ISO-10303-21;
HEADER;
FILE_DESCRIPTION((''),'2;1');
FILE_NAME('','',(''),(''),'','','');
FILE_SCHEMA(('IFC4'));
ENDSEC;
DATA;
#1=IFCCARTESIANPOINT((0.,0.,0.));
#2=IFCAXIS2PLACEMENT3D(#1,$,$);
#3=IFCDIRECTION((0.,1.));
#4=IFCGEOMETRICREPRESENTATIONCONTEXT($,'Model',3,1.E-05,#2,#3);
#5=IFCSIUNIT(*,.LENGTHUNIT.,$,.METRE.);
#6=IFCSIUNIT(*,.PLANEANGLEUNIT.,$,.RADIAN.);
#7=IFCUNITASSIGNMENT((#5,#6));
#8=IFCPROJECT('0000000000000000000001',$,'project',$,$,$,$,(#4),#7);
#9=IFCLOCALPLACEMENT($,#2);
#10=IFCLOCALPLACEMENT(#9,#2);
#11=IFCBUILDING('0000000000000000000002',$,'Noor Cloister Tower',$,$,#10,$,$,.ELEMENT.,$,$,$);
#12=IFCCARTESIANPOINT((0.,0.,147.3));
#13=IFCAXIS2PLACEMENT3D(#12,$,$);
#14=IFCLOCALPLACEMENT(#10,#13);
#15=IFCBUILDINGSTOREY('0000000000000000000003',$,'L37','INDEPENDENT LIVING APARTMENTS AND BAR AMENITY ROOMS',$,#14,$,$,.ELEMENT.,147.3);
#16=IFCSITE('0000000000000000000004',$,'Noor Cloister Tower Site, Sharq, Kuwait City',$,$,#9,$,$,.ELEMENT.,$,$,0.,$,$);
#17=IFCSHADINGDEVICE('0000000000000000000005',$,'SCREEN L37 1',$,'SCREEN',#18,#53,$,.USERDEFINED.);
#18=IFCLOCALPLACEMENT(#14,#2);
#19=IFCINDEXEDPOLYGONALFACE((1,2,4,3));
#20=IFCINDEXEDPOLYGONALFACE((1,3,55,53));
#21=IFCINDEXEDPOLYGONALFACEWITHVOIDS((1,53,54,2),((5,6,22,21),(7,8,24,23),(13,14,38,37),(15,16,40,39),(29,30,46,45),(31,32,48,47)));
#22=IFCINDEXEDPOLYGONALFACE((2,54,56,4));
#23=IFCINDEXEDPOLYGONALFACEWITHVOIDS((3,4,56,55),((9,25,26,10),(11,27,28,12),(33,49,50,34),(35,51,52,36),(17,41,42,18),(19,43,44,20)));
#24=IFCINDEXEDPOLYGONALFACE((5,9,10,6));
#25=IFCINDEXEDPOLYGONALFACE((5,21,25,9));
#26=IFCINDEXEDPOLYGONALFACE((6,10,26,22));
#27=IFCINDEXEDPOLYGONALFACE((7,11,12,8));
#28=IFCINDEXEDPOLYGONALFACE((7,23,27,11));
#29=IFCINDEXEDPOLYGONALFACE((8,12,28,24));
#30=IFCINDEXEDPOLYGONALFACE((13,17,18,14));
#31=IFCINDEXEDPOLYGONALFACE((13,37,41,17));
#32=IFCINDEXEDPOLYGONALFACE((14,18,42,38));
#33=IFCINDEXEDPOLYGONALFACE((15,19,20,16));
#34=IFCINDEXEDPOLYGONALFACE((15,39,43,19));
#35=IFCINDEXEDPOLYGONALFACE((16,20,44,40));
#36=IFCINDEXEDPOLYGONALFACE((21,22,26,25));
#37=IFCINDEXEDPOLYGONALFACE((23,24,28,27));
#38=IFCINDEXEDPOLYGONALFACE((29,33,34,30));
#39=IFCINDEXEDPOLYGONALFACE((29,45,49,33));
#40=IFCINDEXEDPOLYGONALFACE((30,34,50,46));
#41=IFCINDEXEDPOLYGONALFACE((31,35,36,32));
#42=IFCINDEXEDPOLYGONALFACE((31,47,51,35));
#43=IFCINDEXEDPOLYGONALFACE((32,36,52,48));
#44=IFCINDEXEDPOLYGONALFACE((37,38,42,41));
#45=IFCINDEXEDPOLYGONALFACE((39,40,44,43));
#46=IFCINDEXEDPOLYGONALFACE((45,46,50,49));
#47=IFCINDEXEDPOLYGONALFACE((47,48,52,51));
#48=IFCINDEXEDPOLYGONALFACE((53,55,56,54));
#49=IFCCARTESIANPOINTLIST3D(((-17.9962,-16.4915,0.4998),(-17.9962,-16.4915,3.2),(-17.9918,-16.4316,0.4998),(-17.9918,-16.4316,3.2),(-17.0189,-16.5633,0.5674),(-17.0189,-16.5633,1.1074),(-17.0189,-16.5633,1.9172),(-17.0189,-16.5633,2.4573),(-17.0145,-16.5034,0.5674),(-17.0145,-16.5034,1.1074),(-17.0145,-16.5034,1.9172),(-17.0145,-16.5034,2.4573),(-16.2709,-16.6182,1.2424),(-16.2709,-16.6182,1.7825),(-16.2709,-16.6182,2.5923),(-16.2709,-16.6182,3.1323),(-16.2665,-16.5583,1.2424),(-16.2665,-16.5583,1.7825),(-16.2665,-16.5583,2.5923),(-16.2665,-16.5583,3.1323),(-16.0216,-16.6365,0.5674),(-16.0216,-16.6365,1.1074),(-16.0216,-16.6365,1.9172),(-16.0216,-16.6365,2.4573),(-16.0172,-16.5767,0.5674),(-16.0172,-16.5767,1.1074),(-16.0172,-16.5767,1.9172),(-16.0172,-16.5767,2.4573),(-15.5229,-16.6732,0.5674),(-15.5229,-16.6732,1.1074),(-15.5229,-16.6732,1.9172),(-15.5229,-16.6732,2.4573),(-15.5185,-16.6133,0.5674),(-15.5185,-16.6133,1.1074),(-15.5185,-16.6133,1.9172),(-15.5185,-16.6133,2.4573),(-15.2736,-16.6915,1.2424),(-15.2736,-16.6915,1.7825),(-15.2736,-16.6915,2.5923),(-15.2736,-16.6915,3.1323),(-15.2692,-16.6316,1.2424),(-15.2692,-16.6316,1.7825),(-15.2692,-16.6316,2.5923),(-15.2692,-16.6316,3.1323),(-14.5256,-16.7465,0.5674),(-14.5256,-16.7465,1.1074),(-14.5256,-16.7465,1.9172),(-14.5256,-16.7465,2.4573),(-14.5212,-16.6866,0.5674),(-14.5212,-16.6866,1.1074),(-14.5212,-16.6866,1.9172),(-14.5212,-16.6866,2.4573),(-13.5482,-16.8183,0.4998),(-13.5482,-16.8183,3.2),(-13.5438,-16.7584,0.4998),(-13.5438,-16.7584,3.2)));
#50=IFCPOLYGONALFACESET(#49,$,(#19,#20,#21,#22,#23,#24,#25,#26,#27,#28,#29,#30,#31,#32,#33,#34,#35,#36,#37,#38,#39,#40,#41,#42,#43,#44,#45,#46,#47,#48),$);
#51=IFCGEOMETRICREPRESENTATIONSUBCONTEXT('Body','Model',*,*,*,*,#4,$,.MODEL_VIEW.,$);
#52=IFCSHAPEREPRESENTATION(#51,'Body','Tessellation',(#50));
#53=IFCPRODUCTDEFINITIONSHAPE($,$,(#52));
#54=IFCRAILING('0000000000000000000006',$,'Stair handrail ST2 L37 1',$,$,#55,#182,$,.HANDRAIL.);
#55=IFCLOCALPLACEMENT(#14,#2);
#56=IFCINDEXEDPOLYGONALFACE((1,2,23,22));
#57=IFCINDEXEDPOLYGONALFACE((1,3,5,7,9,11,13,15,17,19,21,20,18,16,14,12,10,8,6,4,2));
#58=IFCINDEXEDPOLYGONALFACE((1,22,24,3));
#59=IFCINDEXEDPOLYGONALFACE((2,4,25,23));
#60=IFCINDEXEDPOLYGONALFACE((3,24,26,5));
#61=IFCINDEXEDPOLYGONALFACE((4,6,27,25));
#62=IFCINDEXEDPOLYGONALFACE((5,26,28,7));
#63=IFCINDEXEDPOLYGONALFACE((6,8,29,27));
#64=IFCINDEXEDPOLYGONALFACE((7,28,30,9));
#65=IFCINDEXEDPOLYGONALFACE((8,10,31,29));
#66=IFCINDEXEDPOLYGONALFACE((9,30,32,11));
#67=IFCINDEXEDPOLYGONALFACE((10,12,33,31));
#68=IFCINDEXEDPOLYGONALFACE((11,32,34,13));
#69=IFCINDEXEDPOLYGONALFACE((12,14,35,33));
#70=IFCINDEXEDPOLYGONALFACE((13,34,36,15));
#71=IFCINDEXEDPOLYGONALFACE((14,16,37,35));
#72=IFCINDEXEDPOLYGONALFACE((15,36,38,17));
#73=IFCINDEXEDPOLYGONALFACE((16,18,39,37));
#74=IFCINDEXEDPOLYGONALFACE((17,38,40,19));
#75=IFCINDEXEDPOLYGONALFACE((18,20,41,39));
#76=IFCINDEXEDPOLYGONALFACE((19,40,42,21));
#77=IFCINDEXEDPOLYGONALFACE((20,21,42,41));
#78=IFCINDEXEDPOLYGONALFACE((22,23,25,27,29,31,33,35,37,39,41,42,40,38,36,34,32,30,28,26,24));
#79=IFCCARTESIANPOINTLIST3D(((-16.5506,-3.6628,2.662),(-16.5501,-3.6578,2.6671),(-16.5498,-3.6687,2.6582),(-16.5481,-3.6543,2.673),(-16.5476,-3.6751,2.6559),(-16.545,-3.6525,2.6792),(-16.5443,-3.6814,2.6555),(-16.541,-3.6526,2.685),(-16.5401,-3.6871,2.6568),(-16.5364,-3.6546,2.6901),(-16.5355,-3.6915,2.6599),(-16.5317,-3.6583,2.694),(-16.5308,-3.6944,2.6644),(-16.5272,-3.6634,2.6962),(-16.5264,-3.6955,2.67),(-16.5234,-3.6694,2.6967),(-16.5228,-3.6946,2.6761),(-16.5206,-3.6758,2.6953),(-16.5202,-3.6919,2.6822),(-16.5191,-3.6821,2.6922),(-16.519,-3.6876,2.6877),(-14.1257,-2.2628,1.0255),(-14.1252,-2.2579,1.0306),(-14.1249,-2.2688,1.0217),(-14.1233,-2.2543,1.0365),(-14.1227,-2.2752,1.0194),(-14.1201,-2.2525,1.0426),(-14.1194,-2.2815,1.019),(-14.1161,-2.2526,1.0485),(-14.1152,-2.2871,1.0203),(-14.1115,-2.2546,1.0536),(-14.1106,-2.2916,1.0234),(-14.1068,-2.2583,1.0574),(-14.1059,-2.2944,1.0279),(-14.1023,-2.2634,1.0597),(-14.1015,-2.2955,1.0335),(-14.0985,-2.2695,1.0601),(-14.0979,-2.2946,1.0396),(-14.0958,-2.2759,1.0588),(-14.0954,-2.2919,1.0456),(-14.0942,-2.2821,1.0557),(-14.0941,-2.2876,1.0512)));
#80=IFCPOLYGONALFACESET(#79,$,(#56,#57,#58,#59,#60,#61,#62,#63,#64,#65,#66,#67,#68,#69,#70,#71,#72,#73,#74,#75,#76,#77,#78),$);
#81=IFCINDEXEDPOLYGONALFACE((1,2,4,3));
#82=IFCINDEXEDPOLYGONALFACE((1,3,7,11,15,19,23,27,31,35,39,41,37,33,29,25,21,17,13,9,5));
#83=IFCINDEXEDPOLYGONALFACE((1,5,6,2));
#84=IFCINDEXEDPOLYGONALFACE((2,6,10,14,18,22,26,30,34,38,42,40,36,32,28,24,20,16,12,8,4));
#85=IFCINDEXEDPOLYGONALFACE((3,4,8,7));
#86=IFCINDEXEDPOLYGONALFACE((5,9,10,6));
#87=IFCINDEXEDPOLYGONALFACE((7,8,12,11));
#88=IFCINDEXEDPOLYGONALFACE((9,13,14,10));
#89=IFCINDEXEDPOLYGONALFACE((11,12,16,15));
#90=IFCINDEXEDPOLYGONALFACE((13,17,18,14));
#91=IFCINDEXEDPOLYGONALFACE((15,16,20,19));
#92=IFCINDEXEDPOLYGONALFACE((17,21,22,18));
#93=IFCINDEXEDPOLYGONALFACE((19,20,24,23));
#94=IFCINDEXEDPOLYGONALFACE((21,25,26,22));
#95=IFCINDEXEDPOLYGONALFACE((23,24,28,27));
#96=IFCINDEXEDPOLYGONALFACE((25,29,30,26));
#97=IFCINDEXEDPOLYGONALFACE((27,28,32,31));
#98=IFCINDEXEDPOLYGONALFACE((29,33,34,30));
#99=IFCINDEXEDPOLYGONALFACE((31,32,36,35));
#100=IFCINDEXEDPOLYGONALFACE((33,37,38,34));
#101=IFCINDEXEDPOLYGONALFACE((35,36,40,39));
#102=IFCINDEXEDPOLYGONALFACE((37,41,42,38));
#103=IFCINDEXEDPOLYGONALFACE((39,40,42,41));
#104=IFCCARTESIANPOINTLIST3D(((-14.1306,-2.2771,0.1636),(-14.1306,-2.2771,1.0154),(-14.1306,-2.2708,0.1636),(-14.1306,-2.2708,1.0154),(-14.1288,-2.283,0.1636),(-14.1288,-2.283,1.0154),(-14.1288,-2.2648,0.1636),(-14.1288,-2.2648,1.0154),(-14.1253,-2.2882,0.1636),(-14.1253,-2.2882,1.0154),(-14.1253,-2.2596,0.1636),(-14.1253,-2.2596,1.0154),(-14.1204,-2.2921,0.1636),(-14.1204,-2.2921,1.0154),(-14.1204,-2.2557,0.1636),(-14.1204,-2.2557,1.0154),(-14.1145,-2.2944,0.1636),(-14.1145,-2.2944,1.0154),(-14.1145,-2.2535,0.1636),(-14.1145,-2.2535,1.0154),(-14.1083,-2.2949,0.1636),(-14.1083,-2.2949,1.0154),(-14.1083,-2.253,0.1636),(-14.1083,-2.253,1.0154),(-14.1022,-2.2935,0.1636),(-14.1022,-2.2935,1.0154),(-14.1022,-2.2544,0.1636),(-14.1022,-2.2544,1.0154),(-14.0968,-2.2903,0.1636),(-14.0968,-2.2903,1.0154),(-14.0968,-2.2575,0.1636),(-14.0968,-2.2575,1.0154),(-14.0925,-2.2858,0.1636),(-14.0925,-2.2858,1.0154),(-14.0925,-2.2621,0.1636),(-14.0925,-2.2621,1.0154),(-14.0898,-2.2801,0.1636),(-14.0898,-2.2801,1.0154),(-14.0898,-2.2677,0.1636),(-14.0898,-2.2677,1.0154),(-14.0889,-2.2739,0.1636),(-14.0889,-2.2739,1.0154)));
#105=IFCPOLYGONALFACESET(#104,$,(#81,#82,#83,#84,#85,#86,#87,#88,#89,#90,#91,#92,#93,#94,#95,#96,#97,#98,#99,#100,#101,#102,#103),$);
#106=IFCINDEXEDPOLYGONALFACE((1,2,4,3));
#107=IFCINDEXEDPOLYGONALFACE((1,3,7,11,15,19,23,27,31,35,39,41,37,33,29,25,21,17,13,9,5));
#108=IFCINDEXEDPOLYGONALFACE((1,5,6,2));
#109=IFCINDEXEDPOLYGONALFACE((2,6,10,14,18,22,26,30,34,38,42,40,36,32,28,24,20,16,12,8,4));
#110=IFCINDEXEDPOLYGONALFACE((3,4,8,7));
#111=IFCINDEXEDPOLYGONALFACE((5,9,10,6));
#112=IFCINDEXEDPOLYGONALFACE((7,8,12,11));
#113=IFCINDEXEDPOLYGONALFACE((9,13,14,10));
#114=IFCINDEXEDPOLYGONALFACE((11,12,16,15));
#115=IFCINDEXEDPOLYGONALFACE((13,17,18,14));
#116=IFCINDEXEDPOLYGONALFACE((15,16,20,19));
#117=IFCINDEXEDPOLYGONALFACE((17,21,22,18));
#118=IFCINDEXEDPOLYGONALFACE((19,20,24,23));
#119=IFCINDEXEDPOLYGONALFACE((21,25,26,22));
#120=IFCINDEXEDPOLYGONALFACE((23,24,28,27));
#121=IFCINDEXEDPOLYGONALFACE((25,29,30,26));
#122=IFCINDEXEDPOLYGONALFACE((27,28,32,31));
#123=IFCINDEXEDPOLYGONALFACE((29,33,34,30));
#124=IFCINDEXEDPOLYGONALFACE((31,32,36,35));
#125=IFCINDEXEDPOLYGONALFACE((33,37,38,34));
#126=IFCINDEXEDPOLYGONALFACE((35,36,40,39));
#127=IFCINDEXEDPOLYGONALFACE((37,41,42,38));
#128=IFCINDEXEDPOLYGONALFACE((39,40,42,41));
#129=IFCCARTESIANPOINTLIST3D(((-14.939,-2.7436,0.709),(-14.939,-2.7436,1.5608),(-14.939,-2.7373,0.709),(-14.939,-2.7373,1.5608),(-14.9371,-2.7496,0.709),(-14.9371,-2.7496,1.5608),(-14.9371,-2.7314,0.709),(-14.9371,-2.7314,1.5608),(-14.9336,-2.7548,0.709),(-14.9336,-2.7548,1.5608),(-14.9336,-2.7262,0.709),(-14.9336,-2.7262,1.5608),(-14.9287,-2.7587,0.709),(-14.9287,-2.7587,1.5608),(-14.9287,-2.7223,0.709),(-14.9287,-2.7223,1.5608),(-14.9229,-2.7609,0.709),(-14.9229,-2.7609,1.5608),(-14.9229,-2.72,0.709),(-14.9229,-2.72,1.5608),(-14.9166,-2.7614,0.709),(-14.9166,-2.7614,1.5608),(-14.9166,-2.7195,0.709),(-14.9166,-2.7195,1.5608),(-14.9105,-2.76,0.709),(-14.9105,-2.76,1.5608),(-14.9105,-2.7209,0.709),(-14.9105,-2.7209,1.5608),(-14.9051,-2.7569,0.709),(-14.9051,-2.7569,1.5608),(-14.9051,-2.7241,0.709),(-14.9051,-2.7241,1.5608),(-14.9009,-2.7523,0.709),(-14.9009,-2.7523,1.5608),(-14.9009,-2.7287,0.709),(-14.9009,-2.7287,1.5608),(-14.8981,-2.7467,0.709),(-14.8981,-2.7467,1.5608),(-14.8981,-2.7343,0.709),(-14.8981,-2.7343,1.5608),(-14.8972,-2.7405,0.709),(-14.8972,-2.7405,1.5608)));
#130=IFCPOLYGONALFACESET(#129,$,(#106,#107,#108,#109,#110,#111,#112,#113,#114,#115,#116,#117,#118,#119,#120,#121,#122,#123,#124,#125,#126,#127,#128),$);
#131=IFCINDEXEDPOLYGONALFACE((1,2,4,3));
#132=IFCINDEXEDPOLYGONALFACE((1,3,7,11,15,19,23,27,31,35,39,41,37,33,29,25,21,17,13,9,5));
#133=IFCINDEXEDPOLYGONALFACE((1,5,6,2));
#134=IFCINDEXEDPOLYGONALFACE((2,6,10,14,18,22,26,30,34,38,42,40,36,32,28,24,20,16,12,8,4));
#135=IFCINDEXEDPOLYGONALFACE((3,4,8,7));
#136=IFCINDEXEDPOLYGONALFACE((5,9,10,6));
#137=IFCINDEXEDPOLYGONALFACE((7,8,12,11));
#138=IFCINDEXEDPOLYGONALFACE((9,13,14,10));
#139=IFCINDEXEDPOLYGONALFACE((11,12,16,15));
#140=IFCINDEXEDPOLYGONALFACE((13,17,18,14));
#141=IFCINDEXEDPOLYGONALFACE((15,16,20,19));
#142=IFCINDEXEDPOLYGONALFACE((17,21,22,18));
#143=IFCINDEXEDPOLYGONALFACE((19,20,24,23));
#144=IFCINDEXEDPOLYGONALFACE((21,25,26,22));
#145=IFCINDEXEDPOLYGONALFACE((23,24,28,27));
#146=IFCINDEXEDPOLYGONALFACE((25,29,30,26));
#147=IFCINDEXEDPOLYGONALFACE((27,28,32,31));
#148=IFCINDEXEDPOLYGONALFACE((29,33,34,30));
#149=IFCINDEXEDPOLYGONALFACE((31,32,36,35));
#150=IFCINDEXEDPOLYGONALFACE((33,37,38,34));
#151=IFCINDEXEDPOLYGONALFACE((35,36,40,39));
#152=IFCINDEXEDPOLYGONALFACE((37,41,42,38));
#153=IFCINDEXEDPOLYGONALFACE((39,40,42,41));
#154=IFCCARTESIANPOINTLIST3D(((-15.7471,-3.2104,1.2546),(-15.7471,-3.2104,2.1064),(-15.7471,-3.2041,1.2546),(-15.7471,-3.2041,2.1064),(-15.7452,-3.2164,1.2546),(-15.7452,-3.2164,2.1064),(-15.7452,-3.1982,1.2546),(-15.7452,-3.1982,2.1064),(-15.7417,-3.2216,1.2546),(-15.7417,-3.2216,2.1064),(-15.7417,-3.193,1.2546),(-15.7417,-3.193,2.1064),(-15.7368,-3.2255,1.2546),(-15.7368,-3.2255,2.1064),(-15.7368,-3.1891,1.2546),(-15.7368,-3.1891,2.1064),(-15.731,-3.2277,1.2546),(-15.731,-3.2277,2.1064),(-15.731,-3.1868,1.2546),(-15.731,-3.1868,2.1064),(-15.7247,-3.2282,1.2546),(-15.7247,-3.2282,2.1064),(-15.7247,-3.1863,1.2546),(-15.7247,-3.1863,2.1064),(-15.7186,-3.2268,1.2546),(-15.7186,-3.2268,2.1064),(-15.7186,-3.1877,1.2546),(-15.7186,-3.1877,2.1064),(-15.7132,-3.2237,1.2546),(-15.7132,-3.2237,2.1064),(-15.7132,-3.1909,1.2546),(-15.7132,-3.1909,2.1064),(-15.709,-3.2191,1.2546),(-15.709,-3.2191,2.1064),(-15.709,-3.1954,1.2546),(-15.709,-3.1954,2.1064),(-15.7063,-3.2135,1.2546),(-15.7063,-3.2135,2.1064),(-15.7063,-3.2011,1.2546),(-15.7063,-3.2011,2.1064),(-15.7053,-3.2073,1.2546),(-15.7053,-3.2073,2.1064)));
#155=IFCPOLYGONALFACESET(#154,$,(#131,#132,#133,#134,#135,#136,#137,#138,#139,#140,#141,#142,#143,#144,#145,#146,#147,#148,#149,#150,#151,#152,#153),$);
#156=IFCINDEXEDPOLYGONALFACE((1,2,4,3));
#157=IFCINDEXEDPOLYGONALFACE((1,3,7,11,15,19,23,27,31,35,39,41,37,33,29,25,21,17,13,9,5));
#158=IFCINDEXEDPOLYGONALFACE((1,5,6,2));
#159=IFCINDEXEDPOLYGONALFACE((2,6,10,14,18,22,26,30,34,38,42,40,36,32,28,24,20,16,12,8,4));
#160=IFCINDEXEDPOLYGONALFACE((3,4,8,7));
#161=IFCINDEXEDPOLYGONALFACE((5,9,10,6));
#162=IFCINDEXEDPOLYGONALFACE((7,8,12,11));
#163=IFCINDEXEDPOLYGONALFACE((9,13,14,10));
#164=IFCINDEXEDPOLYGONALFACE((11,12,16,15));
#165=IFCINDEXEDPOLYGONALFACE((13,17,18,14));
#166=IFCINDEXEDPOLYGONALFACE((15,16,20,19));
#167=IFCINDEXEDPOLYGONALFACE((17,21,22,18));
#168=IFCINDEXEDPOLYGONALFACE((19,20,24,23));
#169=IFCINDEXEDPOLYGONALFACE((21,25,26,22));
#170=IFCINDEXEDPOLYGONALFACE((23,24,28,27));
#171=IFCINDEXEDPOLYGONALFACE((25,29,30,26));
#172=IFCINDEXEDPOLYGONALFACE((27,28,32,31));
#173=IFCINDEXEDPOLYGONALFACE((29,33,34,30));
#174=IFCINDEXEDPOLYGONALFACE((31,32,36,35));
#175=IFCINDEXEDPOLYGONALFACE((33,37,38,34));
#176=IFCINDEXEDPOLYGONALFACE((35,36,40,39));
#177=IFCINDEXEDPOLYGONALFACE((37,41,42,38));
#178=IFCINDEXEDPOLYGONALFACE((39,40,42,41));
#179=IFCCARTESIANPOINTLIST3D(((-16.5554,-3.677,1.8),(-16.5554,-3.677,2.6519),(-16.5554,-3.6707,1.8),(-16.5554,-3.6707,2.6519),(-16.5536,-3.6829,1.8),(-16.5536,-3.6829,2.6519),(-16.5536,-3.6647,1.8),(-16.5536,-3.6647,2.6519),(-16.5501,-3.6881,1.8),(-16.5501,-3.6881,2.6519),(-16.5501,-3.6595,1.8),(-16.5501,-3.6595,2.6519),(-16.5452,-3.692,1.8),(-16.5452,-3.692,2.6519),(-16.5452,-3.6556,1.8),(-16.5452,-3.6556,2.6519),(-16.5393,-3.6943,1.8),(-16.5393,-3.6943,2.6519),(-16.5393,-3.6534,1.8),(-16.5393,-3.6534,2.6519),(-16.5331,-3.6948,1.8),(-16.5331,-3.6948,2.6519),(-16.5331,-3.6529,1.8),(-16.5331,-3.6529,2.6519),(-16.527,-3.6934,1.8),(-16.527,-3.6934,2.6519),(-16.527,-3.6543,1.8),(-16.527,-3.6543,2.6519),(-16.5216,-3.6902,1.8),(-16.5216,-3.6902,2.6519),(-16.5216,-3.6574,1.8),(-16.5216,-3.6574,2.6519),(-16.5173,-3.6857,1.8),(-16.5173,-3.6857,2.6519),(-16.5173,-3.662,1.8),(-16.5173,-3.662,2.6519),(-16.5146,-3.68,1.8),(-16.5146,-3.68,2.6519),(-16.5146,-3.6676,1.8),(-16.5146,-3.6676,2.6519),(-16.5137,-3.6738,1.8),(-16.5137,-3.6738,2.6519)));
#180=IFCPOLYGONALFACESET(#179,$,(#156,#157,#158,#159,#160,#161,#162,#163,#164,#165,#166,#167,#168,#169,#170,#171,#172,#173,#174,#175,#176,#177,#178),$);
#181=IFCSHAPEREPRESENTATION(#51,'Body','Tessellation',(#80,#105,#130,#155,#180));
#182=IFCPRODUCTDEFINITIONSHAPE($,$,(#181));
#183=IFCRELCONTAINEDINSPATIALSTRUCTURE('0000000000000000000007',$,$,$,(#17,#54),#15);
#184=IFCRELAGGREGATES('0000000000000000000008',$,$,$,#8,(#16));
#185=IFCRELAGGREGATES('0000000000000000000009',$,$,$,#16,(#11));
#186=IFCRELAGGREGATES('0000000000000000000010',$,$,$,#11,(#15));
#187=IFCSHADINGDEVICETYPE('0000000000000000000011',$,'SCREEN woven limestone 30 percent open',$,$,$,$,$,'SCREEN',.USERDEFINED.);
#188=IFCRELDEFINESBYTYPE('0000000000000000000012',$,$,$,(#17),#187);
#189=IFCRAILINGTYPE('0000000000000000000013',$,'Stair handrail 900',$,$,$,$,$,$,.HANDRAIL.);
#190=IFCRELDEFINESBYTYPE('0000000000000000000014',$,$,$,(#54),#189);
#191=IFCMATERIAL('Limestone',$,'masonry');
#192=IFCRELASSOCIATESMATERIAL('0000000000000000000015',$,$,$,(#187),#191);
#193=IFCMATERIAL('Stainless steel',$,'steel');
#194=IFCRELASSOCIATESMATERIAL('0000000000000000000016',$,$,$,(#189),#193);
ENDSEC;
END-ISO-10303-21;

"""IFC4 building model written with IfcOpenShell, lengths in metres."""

from ifc_helpers import new_model, si_unit, direction, frame, origin, origin_2d, place, context, subcontext, project, spatial, polyline, circle, outline, extrude, material, material_profile, profile_set, type_object, element, save


model = new_model("IFC4")

# Units and contexts
model_context = context("Model", 3, precision=1e-05, world=origin(), true_north=direction((0.0, 1.0)))
body_context = subcontext(model_context, "Body", "Model", "MODEL_VIEW")
ifc_project = project(units=[si_unit("LENGTHUNIT", "METRE"), si_unit("PLANEANGLEUNIT", "RADIAN")], contexts=[model_context])

# Site, building, storey
site_placement = place(None, origin())
site = spatial("IfcSite", under=ifc_project, at=site_placement, Name="Noor Cloister Tower Site, Sharq, Kuwait City", CompositionType="ELEMENT", RefElevation=0.0)
building_placement = place(site_placement, origin())
building = spatial("IfcBuilding", under=site, at=building_placement, Name="Noor Cloister Tower", CompositionType="ELEMENT")
storey_placement = place(building_placement, frame((0.0, 0.0, 147.3)))
storey = spatial("IfcBuildingStorey", under=building, at=storey_placement, Name="L37", Description="INDEPENDENT LIVING APARTMENTS AND BAR AMENITY ROOMS", CompositionType="ELEMENT", Elevation=147.3)

# Shading device
ifc_material_1 = material(Name="Limestone", Category="masonry")
ifc_material_profile_1 = material_profile(ifc_material_1, outline(polyline([(-2.23, -1.3501), (2.23, -1.3501), (2.23, 1.3501), (-2.23, 1.3501), (-2.23, -1.3501)]), holes=[polyline([(-1.25, -1.2825), (-0.25, -1.2825), (-0.25, -0.7424), (-1.25, -0.7424), (-1.25, -1.2825)]), polyline([(0.25, -1.2825), (1.25, -1.2825), (1.25, -0.7424), (0.25, -0.7424), (0.25, -1.2825)]), polyline([(-0.5, -0.6074), (0.5, -0.6074), (0.5, -0.0674), (-0.5, -0.0674), (-0.5, -0.6074)]), polyline([(-1.25, 0.0674), (-0.25, 0.0674), (-0.25, 0.6074), (-1.25, 0.6074), (-1.25, 0.0674)]), polyline([(0.25, 0.0674), (1.25, 0.0674), (1.25, 0.6074), (0.25, 0.6074), (0.25, 0.0674)]), polyline([(-0.5, 0.7424), (0.5, 0.7424), (0.5, 1.2825), (-0.5, 1.2825), (-0.5, 0.7424)])]), Name="Woven screen 30 percent open")
ifc_profile_set_1 = profile_set([ifc_material_profile_1], Name="Limestone")
shading_device_type = type_object("IfcShadingDeviceType", Name="SCREEN woven limestone 30 percent open", ElementType="SCREEN", PredefinedType="USERDEFINED", material=ifc_profile_set_1)
for number, where, z_axis, x_axis, name in (
    (1, (-15.7678, -16.595, 1.8499), (-0.073272, -0.997312, 0.0), (0.997312, -0.073272, 0.0), "SCREEN L37 1"),
):
    element("IfcShadingDevice", number, at=place(storey_placement, frame(where, z_axis=z_axis, x_axis=x_axis)), inside=storey, type_object=shading_device_type, Name=name, ObjectType="SCREEN", PredefinedType="USERDEFINED", context=body_context, shape_type="SweptSolid", body=[
        extrude(outline(polyline([(-2.23, -1.3501), (2.23, -1.3501), (2.23, 1.3501), (-2.23, 1.3501), (-2.23, -1.3501)]), holes=[polyline([(-1.25, -1.2825), (-0.25, -1.2825), (-0.25, -0.7424), (-1.25, -0.7424), (-1.25, -1.2825)]), polyline([(0.25, -1.2825), (1.25, -1.2825), (1.25, -0.7424), (0.25, -0.7424), (0.25, -1.2825)]), polyline([(-0.5, -0.6074), (0.5, -0.6074), (0.5, -0.0674), (-0.5, -0.0674), (-0.5, -0.6074)]), polyline([(-1.25, 0.0674), (-0.25, 0.0674), (-0.25, 0.6074), (-1.25, 0.6074), (-1.25, 0.0674)]), polyline([(0.25, 0.0674), (1.25, 0.0674), (1.25, 0.6074), (0.25, 0.6074), (0.25, 0.0674)]), polyline([(-0.5, 0.7424), (0.5, 0.7424), (0.5, 1.2825), (-0.5, 1.2825), (-0.5, 0.7424)])]), origin(), (0.0, 0.0, 1.0), 0.0601),
    ])

# Railing
ifc_material_2 = material(Name="Stainless steel", Category="steel")
railing_type_1 = type_object("IfcRailingType", Name="Stair handrail 900", PredefinedType="HANDRAIL", material=ifc_material_2)
railing_1_placement = place(storey_placement, frame((-14.1099, -2.2739, 0.1636)))
element("IfcRailing", 2, at=railing_1_placement, inside=storey, type_object=railing_type_1, Name="Stair handrail ST2 L37 1", PredefinedType="HANDRAIL", context=body_context, shape_type="SweptSolid", body=[
    extrude(circle(Radius=0.0239, at=origin_2d()), frame((0.0, 0.0, 0.876), z_axis=(-0.74769, -0.431661, 0.504608), x_axis=(0.499984, -0.866035, 0.0)), (0.0, 0.0, 1.0), 3.2432),
    extrude(circle(Radius=0.021, at=origin_2d()), origin(), (0.0, 0.0, 1.0), 0.8518),
    extrude(circle(Radius=0.021, at=origin_2d()), frame((-0.8083, -0.4666, 0.5454)), (0.0, 0.0, 1.0), 0.8518),
    extrude(circle(Radius=0.021, at=origin_2d()), frame((-1.6165, -0.9333, 1.0911)), (0.0, 0.0, 1.0), 0.8518),
    extrude(circle(Radius=0.021, at=origin_2d()), frame((-2.4248, -1.3999, 1.6365)), (0.0, 0.0, 1.0), 0.8518),
])

save(model, "model.ifc")
